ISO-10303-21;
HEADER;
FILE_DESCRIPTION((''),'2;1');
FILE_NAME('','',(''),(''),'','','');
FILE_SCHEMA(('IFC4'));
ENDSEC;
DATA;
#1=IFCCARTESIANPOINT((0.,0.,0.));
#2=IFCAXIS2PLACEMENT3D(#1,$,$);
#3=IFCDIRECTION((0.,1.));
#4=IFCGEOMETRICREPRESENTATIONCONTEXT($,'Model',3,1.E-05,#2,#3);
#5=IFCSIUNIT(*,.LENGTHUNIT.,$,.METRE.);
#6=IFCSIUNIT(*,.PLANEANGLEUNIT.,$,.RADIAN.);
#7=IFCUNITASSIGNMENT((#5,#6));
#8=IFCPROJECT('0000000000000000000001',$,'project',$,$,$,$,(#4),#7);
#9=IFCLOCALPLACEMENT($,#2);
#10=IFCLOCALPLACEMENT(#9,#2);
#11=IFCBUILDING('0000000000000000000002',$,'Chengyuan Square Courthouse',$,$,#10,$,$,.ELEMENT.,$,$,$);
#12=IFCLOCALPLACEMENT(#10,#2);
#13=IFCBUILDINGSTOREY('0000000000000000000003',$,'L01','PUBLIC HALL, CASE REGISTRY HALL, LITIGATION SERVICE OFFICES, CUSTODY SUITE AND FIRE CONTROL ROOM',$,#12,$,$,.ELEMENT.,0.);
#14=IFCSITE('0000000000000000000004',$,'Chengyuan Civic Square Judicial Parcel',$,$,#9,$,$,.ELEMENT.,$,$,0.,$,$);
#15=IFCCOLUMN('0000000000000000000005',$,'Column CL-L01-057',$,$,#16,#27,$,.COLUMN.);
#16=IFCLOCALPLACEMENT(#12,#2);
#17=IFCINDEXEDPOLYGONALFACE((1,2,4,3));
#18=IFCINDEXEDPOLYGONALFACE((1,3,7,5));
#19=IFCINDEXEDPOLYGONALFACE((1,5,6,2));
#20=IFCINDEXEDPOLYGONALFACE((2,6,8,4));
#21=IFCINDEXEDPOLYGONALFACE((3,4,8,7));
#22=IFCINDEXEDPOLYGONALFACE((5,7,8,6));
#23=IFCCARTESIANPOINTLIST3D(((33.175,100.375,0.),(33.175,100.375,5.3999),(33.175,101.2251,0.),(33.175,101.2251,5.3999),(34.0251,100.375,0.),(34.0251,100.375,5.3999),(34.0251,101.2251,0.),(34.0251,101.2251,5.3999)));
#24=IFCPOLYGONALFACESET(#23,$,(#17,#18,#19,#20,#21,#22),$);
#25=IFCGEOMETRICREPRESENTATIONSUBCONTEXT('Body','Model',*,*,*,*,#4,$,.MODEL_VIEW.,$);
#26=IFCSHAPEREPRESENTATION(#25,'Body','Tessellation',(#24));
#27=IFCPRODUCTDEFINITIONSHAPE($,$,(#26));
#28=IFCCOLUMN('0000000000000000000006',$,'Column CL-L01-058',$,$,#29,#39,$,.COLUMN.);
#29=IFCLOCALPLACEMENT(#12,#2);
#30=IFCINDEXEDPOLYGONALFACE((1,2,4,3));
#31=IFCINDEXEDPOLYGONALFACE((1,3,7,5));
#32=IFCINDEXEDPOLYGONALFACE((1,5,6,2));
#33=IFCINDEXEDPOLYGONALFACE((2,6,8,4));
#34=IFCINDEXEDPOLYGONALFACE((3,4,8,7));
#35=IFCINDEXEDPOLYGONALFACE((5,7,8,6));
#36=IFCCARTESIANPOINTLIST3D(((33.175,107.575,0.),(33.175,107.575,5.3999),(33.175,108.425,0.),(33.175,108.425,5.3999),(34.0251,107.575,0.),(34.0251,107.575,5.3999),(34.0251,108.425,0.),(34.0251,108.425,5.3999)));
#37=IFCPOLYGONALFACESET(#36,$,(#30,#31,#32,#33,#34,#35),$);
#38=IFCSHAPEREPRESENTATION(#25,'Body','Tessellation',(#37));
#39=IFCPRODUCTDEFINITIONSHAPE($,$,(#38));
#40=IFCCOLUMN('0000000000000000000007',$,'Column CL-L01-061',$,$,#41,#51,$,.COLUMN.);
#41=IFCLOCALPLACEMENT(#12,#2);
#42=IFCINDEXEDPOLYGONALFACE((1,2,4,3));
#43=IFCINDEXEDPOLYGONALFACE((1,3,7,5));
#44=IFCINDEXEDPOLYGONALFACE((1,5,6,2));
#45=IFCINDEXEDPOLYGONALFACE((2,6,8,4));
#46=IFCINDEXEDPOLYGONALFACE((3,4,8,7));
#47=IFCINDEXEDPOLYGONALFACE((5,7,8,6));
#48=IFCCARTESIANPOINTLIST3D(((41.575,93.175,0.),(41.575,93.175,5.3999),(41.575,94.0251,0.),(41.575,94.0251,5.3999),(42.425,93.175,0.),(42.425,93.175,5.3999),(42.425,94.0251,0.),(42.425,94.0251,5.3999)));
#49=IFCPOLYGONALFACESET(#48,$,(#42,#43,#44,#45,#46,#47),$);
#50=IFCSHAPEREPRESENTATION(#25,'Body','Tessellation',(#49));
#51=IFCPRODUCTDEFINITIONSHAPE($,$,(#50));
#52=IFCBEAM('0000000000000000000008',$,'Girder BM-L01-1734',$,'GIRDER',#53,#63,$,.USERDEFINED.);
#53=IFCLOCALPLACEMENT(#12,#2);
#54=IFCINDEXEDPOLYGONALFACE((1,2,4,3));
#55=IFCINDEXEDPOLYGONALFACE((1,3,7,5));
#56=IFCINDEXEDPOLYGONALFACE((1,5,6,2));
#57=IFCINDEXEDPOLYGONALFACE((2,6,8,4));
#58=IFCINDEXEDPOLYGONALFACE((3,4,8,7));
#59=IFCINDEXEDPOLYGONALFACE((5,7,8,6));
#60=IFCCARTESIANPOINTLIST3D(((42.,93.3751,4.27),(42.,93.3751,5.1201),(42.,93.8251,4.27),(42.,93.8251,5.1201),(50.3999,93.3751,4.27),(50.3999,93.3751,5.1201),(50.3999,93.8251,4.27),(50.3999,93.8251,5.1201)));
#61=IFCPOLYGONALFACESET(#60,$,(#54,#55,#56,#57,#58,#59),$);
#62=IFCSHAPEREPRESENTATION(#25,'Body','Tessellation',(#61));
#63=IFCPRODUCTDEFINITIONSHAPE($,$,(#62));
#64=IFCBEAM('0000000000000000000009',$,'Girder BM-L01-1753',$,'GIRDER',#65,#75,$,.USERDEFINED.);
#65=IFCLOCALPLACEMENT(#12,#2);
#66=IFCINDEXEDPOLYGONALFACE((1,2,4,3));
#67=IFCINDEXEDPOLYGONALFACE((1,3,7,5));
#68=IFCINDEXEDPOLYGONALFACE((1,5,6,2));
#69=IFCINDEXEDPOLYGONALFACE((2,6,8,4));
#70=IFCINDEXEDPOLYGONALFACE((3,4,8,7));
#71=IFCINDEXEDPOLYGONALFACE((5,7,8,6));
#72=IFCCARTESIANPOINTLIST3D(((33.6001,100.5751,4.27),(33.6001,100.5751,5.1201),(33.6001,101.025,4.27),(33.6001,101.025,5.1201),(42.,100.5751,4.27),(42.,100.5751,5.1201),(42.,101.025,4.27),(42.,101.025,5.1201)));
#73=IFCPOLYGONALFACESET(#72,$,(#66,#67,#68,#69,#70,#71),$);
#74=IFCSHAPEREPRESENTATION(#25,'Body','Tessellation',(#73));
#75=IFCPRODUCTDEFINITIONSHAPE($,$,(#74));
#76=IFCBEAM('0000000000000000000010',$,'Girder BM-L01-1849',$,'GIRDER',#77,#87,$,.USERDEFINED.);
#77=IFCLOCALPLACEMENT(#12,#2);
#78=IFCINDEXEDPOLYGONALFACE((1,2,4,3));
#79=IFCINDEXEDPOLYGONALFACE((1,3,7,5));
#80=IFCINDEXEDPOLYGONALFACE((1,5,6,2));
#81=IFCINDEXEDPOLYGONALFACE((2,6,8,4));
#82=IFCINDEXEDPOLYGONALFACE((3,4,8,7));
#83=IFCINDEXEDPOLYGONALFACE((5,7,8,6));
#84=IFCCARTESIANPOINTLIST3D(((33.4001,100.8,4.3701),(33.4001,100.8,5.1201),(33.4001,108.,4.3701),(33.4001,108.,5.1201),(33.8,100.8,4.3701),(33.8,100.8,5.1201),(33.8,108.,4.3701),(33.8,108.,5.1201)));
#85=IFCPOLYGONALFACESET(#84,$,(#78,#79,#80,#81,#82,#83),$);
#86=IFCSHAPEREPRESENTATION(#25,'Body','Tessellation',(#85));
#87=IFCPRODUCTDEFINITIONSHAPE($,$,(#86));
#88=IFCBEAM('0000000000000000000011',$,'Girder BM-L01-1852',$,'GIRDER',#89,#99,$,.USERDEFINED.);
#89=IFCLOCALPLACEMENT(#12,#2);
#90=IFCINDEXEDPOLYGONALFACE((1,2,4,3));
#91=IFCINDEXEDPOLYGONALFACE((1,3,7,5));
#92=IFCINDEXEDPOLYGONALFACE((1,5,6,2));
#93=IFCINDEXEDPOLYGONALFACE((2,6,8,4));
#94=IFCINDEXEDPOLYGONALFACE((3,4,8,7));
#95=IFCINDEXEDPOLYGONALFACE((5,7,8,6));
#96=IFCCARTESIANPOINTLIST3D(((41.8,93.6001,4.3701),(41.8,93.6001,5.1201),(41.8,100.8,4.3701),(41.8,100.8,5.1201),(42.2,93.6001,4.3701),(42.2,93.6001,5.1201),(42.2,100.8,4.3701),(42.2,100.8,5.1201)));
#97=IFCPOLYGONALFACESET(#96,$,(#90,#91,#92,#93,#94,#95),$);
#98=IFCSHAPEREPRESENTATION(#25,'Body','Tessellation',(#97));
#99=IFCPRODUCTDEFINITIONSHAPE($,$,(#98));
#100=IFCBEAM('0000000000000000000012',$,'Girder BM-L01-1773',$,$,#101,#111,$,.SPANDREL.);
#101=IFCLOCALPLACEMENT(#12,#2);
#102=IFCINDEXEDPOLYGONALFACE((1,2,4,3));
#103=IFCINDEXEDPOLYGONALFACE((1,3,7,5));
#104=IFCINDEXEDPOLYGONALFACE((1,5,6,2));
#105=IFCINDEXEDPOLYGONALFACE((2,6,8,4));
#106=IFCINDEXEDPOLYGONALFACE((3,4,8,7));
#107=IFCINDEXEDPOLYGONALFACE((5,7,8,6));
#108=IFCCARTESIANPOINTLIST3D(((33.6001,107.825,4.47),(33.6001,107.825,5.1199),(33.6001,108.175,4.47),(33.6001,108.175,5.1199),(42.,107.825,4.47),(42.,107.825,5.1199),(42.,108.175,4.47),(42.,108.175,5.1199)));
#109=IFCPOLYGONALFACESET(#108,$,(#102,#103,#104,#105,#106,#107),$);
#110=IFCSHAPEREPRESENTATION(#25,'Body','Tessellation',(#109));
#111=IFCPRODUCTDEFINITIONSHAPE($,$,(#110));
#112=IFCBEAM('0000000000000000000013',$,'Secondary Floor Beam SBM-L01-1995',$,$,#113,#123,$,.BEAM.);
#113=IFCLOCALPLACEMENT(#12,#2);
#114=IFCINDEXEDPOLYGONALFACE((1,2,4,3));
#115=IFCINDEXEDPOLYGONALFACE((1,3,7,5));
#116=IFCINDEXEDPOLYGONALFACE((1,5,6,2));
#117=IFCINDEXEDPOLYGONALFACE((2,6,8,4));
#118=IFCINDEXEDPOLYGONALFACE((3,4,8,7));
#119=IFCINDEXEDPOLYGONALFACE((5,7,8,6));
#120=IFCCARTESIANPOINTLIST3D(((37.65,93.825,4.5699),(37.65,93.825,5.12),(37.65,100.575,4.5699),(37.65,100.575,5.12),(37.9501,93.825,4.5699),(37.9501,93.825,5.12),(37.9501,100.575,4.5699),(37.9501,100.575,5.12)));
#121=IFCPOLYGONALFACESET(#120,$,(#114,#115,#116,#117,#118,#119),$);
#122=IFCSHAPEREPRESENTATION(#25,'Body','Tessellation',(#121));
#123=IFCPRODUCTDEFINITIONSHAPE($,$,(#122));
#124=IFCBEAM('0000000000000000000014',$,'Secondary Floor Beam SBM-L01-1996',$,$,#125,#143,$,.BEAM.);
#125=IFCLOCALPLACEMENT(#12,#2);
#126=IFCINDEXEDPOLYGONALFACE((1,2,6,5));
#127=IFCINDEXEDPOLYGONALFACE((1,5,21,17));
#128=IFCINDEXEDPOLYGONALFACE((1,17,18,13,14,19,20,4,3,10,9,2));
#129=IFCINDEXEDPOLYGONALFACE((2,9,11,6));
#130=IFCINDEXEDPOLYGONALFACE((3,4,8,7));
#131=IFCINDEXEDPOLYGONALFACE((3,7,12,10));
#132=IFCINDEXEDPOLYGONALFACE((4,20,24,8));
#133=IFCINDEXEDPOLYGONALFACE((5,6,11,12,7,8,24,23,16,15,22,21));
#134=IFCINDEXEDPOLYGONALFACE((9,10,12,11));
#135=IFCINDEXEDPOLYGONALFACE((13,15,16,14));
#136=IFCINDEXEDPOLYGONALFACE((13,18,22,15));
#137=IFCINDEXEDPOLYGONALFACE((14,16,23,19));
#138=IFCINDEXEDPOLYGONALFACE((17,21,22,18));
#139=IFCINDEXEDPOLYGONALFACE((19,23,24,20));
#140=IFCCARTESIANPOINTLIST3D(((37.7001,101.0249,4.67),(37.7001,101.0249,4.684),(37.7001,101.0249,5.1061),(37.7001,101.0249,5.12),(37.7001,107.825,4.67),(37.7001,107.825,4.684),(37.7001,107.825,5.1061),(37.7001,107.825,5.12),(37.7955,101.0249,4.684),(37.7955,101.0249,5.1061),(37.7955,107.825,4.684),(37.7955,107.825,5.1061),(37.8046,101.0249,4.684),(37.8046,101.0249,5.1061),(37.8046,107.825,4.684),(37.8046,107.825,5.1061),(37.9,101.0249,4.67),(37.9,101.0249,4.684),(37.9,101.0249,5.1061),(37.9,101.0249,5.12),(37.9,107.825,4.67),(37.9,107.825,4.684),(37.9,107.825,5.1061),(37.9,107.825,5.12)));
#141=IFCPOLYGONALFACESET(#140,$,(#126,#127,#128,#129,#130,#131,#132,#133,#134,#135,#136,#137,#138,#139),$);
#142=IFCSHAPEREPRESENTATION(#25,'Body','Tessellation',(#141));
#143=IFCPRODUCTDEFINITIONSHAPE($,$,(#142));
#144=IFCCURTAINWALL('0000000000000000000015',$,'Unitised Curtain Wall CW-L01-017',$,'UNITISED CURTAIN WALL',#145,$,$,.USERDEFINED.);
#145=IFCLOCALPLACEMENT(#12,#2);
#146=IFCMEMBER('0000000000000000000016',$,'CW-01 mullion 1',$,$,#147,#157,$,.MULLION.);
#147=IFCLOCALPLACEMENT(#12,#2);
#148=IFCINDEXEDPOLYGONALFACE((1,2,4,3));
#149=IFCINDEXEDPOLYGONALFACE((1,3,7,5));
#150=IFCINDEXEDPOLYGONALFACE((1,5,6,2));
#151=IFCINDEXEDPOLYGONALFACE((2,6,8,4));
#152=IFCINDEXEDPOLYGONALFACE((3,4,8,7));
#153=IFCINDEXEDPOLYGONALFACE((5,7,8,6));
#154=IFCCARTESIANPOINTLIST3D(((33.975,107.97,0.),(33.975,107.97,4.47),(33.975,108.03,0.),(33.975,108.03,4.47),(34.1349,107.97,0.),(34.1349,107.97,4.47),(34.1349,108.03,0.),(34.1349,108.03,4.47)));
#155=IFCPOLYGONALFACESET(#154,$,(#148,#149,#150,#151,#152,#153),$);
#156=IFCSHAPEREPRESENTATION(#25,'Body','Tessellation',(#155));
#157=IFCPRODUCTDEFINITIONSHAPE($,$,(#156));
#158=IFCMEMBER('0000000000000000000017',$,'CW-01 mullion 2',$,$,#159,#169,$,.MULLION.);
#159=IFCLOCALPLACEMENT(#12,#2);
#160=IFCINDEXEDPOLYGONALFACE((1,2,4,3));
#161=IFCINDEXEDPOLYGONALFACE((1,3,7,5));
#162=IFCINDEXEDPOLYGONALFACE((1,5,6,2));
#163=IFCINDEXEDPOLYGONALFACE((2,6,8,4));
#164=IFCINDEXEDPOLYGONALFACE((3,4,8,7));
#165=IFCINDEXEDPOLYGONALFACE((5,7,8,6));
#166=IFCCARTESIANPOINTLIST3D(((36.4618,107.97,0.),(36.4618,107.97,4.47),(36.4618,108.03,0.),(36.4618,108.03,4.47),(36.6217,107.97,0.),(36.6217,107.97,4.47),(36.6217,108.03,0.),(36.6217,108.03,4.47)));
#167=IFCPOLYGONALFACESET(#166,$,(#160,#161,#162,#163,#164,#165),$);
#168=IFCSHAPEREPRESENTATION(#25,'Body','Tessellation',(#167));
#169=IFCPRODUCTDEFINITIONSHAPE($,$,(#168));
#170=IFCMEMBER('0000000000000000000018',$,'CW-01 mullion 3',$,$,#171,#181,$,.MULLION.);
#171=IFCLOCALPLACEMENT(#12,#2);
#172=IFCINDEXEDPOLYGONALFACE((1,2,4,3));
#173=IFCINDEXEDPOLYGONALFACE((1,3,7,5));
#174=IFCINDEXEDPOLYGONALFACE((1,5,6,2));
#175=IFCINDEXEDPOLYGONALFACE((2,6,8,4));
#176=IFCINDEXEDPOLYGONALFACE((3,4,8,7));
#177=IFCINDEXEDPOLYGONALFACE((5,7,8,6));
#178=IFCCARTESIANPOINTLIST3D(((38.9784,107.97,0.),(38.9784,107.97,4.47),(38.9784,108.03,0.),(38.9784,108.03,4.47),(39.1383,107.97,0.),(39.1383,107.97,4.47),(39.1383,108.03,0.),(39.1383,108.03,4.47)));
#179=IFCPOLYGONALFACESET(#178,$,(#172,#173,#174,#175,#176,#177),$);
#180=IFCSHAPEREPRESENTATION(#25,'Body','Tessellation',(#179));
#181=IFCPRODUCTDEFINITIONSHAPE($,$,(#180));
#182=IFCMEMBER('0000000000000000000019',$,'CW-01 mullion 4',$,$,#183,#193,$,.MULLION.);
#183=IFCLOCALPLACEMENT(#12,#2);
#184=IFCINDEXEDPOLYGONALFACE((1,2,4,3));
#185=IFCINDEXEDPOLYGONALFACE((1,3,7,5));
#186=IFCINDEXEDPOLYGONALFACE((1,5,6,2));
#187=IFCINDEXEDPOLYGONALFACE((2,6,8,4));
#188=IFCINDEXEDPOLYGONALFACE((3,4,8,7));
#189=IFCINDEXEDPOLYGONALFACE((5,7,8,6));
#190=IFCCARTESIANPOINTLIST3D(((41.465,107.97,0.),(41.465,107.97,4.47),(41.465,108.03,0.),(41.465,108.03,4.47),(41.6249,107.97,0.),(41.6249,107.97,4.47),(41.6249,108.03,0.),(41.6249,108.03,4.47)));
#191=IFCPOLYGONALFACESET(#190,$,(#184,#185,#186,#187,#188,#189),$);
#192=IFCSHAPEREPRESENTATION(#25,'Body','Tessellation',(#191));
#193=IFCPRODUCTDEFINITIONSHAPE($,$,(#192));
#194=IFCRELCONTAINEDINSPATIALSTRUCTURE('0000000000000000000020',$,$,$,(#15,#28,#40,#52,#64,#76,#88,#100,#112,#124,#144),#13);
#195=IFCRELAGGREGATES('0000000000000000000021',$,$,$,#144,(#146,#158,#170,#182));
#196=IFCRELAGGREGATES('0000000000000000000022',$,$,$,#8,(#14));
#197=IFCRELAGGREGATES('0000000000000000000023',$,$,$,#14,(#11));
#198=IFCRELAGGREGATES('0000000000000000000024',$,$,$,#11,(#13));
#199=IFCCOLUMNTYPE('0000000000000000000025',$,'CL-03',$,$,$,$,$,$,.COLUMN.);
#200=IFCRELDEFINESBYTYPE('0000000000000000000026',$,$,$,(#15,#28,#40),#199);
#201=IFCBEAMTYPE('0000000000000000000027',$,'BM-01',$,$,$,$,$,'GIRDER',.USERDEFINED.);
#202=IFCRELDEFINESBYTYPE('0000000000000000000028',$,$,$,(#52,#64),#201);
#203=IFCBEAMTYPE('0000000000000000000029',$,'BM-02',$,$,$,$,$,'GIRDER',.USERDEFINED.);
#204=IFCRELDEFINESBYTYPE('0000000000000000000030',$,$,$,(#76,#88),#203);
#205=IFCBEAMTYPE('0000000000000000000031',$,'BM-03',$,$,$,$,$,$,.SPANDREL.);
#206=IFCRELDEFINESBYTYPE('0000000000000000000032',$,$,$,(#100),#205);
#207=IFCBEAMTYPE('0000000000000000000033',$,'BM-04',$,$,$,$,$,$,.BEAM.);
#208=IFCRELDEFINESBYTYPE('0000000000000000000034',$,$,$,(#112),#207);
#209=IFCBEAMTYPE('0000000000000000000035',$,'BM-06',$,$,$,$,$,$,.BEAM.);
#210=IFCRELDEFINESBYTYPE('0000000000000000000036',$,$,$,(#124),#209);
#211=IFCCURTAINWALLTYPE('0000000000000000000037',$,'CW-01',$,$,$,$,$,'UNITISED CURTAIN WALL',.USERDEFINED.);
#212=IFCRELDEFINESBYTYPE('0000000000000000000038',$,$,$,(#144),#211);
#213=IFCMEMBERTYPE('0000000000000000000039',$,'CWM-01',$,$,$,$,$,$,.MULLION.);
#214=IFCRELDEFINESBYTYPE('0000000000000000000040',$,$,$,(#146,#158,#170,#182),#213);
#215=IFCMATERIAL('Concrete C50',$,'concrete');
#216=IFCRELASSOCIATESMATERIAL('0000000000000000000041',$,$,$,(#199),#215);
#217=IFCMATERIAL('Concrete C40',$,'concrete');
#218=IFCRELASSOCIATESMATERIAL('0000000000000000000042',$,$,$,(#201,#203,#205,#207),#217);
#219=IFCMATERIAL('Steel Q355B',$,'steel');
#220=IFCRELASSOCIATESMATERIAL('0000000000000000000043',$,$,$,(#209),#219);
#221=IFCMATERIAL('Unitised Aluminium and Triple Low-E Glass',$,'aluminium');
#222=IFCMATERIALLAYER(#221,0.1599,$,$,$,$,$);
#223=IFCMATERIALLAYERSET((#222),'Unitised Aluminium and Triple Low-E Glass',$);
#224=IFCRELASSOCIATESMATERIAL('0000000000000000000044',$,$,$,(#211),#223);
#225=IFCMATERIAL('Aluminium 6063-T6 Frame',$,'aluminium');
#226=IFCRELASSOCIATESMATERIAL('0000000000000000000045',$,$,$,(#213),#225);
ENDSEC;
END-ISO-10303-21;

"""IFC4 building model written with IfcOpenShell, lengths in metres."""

from ifc_helpers import new_model, si_unit, direction, frame, origin, origin_2d, place, context, subcontext, project, spatial, rectangle, i_section, extrude, material, layer, layer_set, material_profile, profile_set, type_object, element, aggregate, save


model = new_model("IFC4")

# Units and contexts
model_context = context("Model", 3, precision=1e-05, world=origin(), true_north=direction((0.0, 1.0)))
body_context = subcontext(model_context, "Body", "Model", "MODEL_VIEW")
ifc_project = project(units=[si_unit("LENGTHUNIT", "METRE"), si_unit("PLANEANGLEUNIT", "RADIAN")], contexts=[model_context])

# Site, building, storey
site_placement = place(None, origin())
site = spatial("IfcSite", under=ifc_project, at=site_placement, Name="Chengyuan Civic Square Judicial Parcel", CompositionType="ELEMENT", RefElevation=0.0)
building_placement = place(site_placement, origin())
building = spatial("IfcBuilding", under=site, at=building_placement, Name="Chengyuan Square Courthouse", CompositionType="ELEMENT")
storey_placement = place(building_placement, origin())
storey = spatial("IfcBuildingStorey", under=building, at=storey_placement, Name="L01", Description="PUBLIC HALL, CASE REGISTRY HALL, LITIGATION SERVICE OFFICES, CUSTODY SUITE AND FIRE CONTROL ROOM", CompositionType="ELEMENT", Elevation=0.0)

# Columns
ifc_material_1 = material(Name="Concrete C50", Category="concrete")
ifc_material_profile_1 = material_profile(ifc_material_1, rectangle(XDim=0.8501, YDim=0.8501, at=origin_2d()), Name="RC-COL-850x850")
ifc_profile_set_1 = profile_set([ifc_material_profile_1], Name="Concrete C50")
column_type = type_object("IfcColumnType", Name="CL-03", PredefinedType="COLUMN", material=ifc_profile_set_1)
for number, where, z_axis, x_axis, name in (
    (1, (33.6001, 100.8, 0.0), (0.0, 0.0, 1.0), (1.0, 0.0, 0.0), "Column CL-L01-057"),
    (2, (33.6001, 108.0, 0.0), (0.0, 0.0, 1.0), (1.0, 0.0, 0.0), "Column CL-L01-058"),
    (3, (42.0, 93.6001, 0.0), (0.0, 0.0, 1.0), (1.0, 0.0, 0.0), "Column CL-L01-061"),
):
    element("IfcColumn", number, at=place(storey_placement, frame(where, z_axis=z_axis, x_axis=x_axis)), inside=storey, type_object=column_type, Name=name, PredefinedType="COLUMN", context=body_context, shape_type="SweptSolid", body=[
        extrude(rectangle(XDim=0.8501, YDim=0.8501, at=origin_2d()), origin(), (0.0, 0.0, 1.0), 5.3999),
    ])

# Beams
ifc_material_2 = material(Name="Concrete C40", Category="concrete")
ifc_material_profile_2 = material_profile(ifc_material_2, rectangle(XDim=0.45, YDim=0.8501, at=origin_2d()), Name="RC-BM-450x850")
ifc_profile_set_2 = profile_set([ifc_material_profile_2], Name="Concrete C40")
beam_type_1 = type_object("IfcBeamType", Name="BM-01", ElementType="GIRDER", PredefinedType="USERDEFINED", material=ifc_profile_set_2)
for number, where, z_axis, x_axis, name in (
    (4, (42.0, 93.6001, 4.6951), (1.0, 0.0, 0.0), (0.0, 1.0, 0.0), "Girder BM-L01-1734"),
    (5, (33.6001, 100.8, 4.6951), (1.0, 0.0, 0.0), (0.0, 1.0, 0.0), "Girder BM-L01-1753"),
):
    element("IfcBeam", number, at=place(storey_placement, frame(where, z_axis=z_axis, x_axis=x_axis)), inside=storey, type_object=beam_type_1, Name=name, ObjectType="GIRDER", PredefinedType="USERDEFINED", context=body_context, shape_type="SweptSolid", body=[
        extrude(rectangle(XDim=0.45, YDim=0.8501, at=origin_2d()), origin(), (0.0, 0.0, 1.0), 8.3999),
    ])
ifc_material_profile_3 = material_profile(ifc_material_2, rectangle(XDim=0.3999, YDim=0.75, at=origin_2d()), Name="RC-BM-400x750")
ifc_profile_set_3 = profile_set([ifc_material_profile_3], Name="Concrete C40")
beam_type_2 = type_object("IfcBeamType", Name="BM-02", ElementType="GIRDER", PredefinedType="USERDEFINED", material=ifc_profile_set_3)
for number, where, z_axis, x_axis, name in (
    (6, (33.6001, 100.8, 4.7451), (0.0, 1.0, 0.0), (-1.0, 0.0, 0.0), "Girder BM-L01-1849"),
    (7, (42.0, 93.6001, 4.7451), (0.0, 1.0, 0.0), (-1.0, 0.0, 0.0), "Girder BM-L01-1852"),
):
    element("IfcBeam", number, at=place(storey_placement, frame(where, z_axis=z_axis, x_axis=x_axis)), inside=storey, type_object=beam_type_2, Name=name, ObjectType="GIRDER", PredefinedType="USERDEFINED", context=body_context, shape_type="SweptSolid", body=[
        extrude(rectangle(XDim=0.3999, YDim=0.75, at=origin_2d()), origin(), (0.0, 0.0, 1.0), 7.2),
    ])
ifc_material_profile_4 = material_profile(ifc_material_2, rectangle(XDim=0.3501, YDim=0.6499, at=origin_2d()), Name="RC-BM-350x650")
ifc_profile_set_4 = profile_set([ifc_material_profile_4], Name="Concrete C40")
beam_type_3 = type_object("IfcBeamType", Name="BM-03", PredefinedType="SPANDREL", material=ifc_profile_set_4)
beam_1_placement = place(storey_placement, frame((33.6001, 108.0, 4.7949), z_axis=(1.0, 0.0, 0.0), x_axis=(0.0, 1.0, 0.0)))
element("IfcBeam", 8, at=beam_1_placement, inside=storey, type_object=beam_type_3, Name="Girder BM-L01-1773", PredefinedType="SPANDREL", context=body_context, shape_type="SweptSolid", body=[
    extrude(rectangle(XDim=0.3501, YDim=0.6499, at=origin_2d()), origin(), (0.0, 0.0, 1.0), 8.3999),
])
ifc_material_profile_5 = material_profile(ifc_material_2, rectangle(XDim=0.3, YDim=0.55, at=origin_2d()), Name="RC-BM-300x550")
ifc_profile_set_5 = profile_set([ifc_material_profile_5], Name="Concrete C40")
beam_type_4 = type_object("IfcBeamType", Name="BM-04", PredefinedType="BEAM", material=ifc_profile_set_5)
beam_2_placement = place(storey_placement, frame((37.8, 93.825, 4.845), z_axis=(0.0, 1.0, 0.0), x_axis=(-1.0, 0.0, 0.0)))
element("IfcBeam", 9, at=beam_2_placement, inside=storey, type_object=beam_type_4, Name="Secondary Floor Beam SBM-L01-1995", PredefinedType="BEAM", context=body_context, shape_type="SweptSolid", body=[
    extrude(rectangle(XDim=0.3, YDim=0.55, at=origin_2d()), origin(), (0.0, 0.0, 1.0), 6.75),
])
ifc_material_3 = material(Name="Steel Q355B", Category="steel")
ifc_material_profile_6 = material_profile(ifc_material_3, i_section(OverallWidth=0.2, OverallDepth=0.45, WebThickness=0.009, FlangeThickness=0.0139, at=origin_2d()), Name="HN 450x200x9x14")
ifc_profile_set_6 = profile_set([ifc_material_profile_6], Name="Steel Q355B")
beam_type_5 = type_object("IfcBeamType", Name="BM-06", PredefinedType="BEAM", material=ifc_profile_set_6)
beam_3_placement = place(storey_placement, frame((37.8, 101.0249, 4.895), z_axis=(0.0, 1.0, 0.0), x_axis=(-1.0, 0.0, 0.0)))
element("IfcBeam", 10, at=beam_3_placement, inside=storey, type_object=beam_type_5, Name="Secondary Floor Beam SBM-L01-1996", PredefinedType="BEAM", context=body_context, shape_type="SweptSolid", body=[
    extrude(i_section(OverallWidth=0.2, OverallDepth=0.45, WebThickness=0.009, FlangeThickness=0.0139, at=origin_2d()), origin(), (0.0, 0.0, 1.0), 6.8),
])

# Curtain wall, members
ifc_material_4 = material(Name="Unitised Aluminium and Triple Low-E Glass", Category="aluminium")
ifc_layer_1 = layer(ifc_material_4, 0.1599)
ifc_layer_set_1 = layer_set([ifc_layer_1], Name="Unitised Aluminium and Triple Low-E Glass")
curtain_wall_type = type_object("IfcCurtainWallType", Name="CW-01", ElementType="UNITISED CURTAIN WALL", PredefinedType="USERDEFINED", material=ifc_layer_set_1)
curtain_wall_placement = place(storey_placement, origin())
curtain_wall = element("IfcCurtainWall", 11, at=curtain_wall_placement, inside=storey, type_object=curtain_wall_type, Name="Unitised Curtain Wall CW-L01-017", ObjectType="UNITISED CURTAIN WALL", PredefinedType="USERDEFINED")
ifc_material_5 = material(Name="Aluminium 6063-T6 Frame", Category="aluminium")
ifc_material_profile_7 = material_profile(ifc_material_5, rectangle(XDim=0.0601, YDim=0.1599, at=origin_2d()), Name="CW-MUL-60x160")
ifc_profile_set_7 = profile_set([ifc_material_profile_7], Name="Aluminium 6063-T6 Frame")
member_type_1 = type_object("IfcMemberType", Name="CWM-01", PredefinedType="MULLION", material=ifc_profile_set_7)
member_1_placement = place(storey_placement, frame((34.0549, 108.0, 0.0), z_axis=(0.0, 0.0, 1.0), x_axis=(0.0, 1.0, 0.0)))
member_1 = element("IfcMember", 12, at=member_1_placement, type_object=member_type_1, Name="CW-01 mullion 1", PredefinedType="MULLION", context=body_context, shape_type="SweptSolid", body=[
    extrude(rectangle(XDim=0.0601, YDim=0.1599, at=origin_2d()), origin(), (0.0, 0.0, 1.0), 4.47),
])
member_2_placement = place(storey_placement, frame((36.5417, 108.0, 0.0), z_axis=(0.0, 0.0, 1.0), x_axis=(0.0, 1.0, 0.0)))
member_2 = element("IfcMember", 13, at=member_2_placement, type_object=member_type_1, Name="CW-01 mullion 2", PredefinedType="MULLION", context=body_context, shape_type="SweptSolid", body=[
    extrude(rectangle(XDim=0.0601, YDim=0.1599, at=origin_2d()), origin(), (0.0, 0.0, 1.0), 4.47),
])
member_3_placement = place(storey_placement, frame((39.0583, 108.0, 0.0), z_axis=(0.0, 0.0, 1.0), x_axis=(0.0, 1.0, 0.0)))
member_3 = element("IfcMember", 14, at=member_3_placement, type_object=member_type_1, Name="CW-01 mullion 3", PredefinedType="MULLION", context=body_context, shape_type="SweptSolid", body=[
    extrude(rectangle(XDim=0.0601, YDim=0.1599, at=origin_2d()), origin(), (0.0, 0.0, 1.0), 4.47),
])
member_4_placement = place(storey_placement, frame((41.5449, 108.0, 0.0), z_axis=(0.0, 0.0, 1.0), x_axis=(0.0, 1.0, 0.0)))
member_4 = element("IfcMember", 15, at=member_4_placement, type_object=member_type_1, Name="CW-01 mullion 4", PredefinedType="MULLION", context=body_context, shape_type="SweptSolid", body=[
    extrude(rectangle(XDim=0.0601, YDim=0.1599, at=origin_2d()), origin(), (0.0, 0.0, 1.0), 4.47),
])
aggregate(curtain_wall, [member_1, member_2, member_3, member_4])

save(model, "model.ifc")
